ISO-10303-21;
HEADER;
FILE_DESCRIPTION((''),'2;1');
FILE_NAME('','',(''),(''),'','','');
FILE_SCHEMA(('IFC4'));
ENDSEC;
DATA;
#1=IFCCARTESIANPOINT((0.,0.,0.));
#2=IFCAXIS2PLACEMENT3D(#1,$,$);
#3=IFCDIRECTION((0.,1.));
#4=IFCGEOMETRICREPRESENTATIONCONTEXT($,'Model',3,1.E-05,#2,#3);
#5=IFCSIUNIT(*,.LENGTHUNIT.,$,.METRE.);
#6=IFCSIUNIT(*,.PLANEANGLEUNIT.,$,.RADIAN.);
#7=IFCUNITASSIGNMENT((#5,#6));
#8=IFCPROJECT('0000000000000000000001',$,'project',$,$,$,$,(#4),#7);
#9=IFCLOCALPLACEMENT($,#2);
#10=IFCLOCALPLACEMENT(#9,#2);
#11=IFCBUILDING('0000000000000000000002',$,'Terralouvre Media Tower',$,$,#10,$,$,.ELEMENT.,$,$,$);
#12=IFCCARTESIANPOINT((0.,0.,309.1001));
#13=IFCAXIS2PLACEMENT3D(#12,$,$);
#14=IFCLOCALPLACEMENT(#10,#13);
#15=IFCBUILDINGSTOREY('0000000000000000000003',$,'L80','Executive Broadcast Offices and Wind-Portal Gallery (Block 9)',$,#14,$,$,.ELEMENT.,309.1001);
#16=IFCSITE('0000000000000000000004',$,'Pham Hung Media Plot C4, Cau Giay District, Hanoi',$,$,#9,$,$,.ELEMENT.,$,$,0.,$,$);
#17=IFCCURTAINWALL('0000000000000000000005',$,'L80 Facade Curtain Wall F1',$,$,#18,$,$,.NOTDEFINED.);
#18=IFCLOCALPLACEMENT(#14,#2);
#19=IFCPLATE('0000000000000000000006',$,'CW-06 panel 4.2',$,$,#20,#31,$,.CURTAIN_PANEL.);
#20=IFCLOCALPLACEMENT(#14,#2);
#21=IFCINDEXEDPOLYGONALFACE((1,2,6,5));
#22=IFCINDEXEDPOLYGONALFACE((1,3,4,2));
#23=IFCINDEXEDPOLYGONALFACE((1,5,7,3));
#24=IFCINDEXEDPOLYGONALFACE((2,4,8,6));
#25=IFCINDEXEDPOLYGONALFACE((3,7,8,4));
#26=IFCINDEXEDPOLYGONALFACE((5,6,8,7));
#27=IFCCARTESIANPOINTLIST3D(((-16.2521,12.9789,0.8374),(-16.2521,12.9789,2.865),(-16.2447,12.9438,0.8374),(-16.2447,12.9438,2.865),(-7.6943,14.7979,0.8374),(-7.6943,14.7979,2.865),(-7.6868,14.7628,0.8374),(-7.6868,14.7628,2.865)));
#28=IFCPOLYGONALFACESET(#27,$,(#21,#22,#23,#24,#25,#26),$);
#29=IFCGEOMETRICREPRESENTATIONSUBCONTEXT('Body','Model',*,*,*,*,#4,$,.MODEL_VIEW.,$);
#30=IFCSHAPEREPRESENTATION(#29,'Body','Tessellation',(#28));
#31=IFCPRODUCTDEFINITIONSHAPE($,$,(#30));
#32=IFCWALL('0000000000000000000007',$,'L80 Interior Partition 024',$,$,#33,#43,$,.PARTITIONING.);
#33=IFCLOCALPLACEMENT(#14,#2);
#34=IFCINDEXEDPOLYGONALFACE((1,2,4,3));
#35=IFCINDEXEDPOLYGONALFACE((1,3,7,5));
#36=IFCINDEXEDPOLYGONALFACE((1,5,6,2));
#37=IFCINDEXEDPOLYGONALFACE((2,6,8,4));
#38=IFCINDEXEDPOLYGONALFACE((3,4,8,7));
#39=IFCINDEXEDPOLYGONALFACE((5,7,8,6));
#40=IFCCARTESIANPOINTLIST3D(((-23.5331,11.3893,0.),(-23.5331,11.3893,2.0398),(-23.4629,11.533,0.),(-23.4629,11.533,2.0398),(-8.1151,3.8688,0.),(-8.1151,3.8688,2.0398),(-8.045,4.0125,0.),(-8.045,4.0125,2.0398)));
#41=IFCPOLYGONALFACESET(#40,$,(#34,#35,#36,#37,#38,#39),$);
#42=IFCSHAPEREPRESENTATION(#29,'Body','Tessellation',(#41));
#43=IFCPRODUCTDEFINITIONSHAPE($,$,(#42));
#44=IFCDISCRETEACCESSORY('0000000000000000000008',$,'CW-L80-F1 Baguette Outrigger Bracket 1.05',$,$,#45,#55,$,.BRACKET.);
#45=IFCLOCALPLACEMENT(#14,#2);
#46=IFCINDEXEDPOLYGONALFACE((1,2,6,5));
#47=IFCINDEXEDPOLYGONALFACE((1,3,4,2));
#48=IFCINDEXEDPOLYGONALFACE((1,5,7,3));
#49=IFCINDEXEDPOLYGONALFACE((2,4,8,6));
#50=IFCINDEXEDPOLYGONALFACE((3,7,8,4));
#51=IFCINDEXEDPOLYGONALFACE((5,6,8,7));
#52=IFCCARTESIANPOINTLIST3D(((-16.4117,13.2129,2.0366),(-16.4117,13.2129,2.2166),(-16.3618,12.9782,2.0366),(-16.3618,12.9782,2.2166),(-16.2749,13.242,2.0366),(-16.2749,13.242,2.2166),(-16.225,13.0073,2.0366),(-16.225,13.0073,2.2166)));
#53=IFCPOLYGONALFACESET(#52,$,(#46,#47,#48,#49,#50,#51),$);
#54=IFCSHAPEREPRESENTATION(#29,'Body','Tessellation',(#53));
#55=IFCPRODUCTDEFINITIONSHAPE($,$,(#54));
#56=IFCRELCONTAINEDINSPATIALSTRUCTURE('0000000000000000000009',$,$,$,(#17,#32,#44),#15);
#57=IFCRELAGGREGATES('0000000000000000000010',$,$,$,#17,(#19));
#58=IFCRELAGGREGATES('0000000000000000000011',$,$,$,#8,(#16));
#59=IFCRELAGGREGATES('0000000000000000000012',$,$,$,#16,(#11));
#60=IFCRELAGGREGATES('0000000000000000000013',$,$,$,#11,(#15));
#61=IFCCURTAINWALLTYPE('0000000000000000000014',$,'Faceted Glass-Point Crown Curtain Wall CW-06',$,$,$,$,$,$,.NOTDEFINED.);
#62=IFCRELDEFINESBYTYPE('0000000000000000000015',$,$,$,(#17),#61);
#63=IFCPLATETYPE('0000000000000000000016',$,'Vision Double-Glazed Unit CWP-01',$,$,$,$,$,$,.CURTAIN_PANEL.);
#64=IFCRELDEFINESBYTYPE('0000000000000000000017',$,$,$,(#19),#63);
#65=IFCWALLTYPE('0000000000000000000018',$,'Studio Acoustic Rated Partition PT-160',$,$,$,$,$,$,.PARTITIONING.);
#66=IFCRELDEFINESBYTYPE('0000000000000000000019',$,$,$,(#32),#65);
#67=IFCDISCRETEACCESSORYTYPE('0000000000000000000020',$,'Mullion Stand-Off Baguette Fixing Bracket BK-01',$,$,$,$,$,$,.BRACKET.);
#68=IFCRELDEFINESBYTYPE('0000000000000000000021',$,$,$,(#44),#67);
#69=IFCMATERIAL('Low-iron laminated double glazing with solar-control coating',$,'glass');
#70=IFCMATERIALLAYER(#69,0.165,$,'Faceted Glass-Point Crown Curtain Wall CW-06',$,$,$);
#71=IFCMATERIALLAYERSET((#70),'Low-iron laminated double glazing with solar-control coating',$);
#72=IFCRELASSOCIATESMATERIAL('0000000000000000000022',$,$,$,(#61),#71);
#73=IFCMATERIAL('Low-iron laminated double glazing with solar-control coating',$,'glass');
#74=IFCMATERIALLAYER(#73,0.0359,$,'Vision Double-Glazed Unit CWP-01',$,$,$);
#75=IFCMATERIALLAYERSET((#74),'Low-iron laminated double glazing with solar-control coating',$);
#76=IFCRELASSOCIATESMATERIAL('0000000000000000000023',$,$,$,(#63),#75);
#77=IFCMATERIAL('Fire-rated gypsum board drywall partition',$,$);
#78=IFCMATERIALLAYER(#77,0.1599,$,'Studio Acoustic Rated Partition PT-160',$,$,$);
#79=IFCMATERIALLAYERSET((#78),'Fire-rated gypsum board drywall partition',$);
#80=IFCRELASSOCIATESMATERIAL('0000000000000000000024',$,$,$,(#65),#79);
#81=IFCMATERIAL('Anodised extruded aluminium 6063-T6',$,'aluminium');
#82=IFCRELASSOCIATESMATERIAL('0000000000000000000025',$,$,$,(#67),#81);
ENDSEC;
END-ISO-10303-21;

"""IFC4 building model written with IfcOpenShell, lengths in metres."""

from ifc_helpers import new_model, si_unit, direction, frame, frame_2d, origin, origin_2d, place, context, subcontext, project, spatial, rectangle, extrude, material, layer, layer_set, type_object, element, aggregate, save


model = new_model("IFC4")

# Units and contexts
model_context = context("Model", 3, precision=1e-05, world=origin(), true_north=direction((0.0, 1.0)))
body_context = subcontext(model_context, "Body", "Model", "MODEL_VIEW")
ifc_project = project(units=[si_unit("LENGTHUNIT", "METRE"), si_unit("PLANEANGLEUNIT", "RADIAN")], contexts=[model_context])

# Site, building, storey
site_placement = place(None, origin())
site = spatial("IfcSite", under=ifc_project, at=site_placement, Name="Pham Hung Media Plot C4, Cau Giay District, Hanoi", CompositionType="ELEMENT", RefElevation=0.0)
building_placement = place(site_placement, origin())
building = spatial("IfcBuilding", under=site, at=building_placement, Name="Terralouvre Media Tower", CompositionType="ELEMENT")
storey_placement = place(building_placement, frame((0.0, 0.0, 309.1001)))
storey = spatial("IfcBuildingStorey", under=building, at=storey_placement, Name="L80", Description="Executive Broadcast Offices and Wind-Portal Gallery (Block 9)", CompositionType="ELEMENT", Elevation=309.1001)

# Curtain wall
ifc_material_1 = material(Name="Low-iron laminated double glazing with solar-control coating", Category="glass")
ifc_layer_1 = layer(ifc_material_1, 0.165, Name="Faceted Glass-Point Crown Curtain Wall CW-06")
ifc_layer_set_1 = layer_set([ifc_layer_1], Name="Low-iron laminated double glazing with solar-control coating")
curtain_wall_type = type_object("IfcCurtainWallType", Name="Faceted Glass-Point Crown Curtain Wall CW-06", PredefinedType="NOTDEFINED", material=ifc_layer_set_1)
curtain_wall_placement = place(storey_placement, origin())
curtain_wall = element("IfcCurtainWall", 1, at=curtain_wall_placement, inside=storey, type_object=curtain_wall_type, Name="L80 Facade Curtain Wall F1", PredefinedType="NOTDEFINED")

# Plate
ifc_material_2 = material(Name="Low-iron laminated double glazing with solar-control coating", Category="glass")
ifc_layer_2 = layer(ifc_material_2, 0.0359, Name="Vision Double-Glazed Unit CWP-01")
ifc_layer_set_2 = layer_set([ifc_layer_2], Name="Low-iron laminated double glazing with solar-control coating")
plate_type = type_object("IfcPlateType", Name="Vision Double-Glazed Unit CWP-01", PredefinedType="CURTAIN_PANEL", material=ifc_layer_set_2)
plate_1_placement = place(storey_placement, frame((-11.9695, 13.8708, 0.8374), z_axis=(0.0, 0.0, 1.0), x_axis=(-0.978148, -0.207912, 0.0)))
plate_1 = element("IfcPlate", 2, at=plate_1_placement, type_object=plate_type, Name="CW-06 panel 4.2", PredefinedType="CURTAIN_PANEL", context=body_context, shape_type="SweptSolid", body=[
    extrude(rectangle(XDim=8.749, YDim=0.0359, at=origin_2d()), origin(), (0.0, 0.0, 1.0), 2.0276),
])
aggregate(curtain_wall, [plate_1])

# Wall
ifc_material_3 = material(Name="Fire-rated gypsum board drywall partition")
ifc_layer_3 = layer(ifc_material_3, 0.1599, Name="Studio Acoustic Rated Partition PT-160")
ifc_layer_set_3 = layer_set([ifc_layer_3], Name="Fire-rated gypsum board drywall partition")
wall_type = type_object("IfcWallType", Name="Studio Acoustic Rated Partition PT-160", PredefinedType="PARTITIONING", material=ifc_layer_set_3)
wall_placement = place(storey_placement, frame((-8.0801, 3.9407, 0.0), z_axis=(0.0, 0.0, 1.0), x_axis=(-0.898779, 0.438402, 0.0)))
element("IfcWall", 3, at=wall_placement, inside=storey, type_object=wall_type, Name="L80 Interior Partition 024", PredefinedType="PARTITIONING", context=body_context, shape_type="SweptSolid", body=[
    extrude(rectangle(XDim=17.1543, YDim=0.1599, at=frame_2d((8.5771, 0.0))), origin(), (0.0, 0.0, 1.0), 2.0398),
])

# Discrete accessory
ifc_material_4 = material(Name="Anodised extruded aluminium 6063-T6", Category="aluminium")
discrete_accessory_type = type_object("IfcDiscreteAccessoryType", Name="Mullion Stand-Off Baguette Fixing Bracket BK-01", PredefinedType="BRACKET", material=ifc_material_4)
discrete_accessory_placement = place(storey_placement, frame((-16.3184, 13.1101, 2.0366), z_axis=(0.0, 0.0, 1.0), x_axis=(-0.978148, -0.207912, 0.0)))
element("IfcDiscreteAccessory", 4, at=discrete_accessory_placement, inside=storey, type_object=discrete_accessory_type, Name="CW-L80-F1 Baguette Outrigger Bracket 1.05", PredefinedType="BRACKET", context=body_context, shape_type="SweptSolid", body=[
    extrude(rectangle(XDim=0.1399, YDim=0.24, at=origin_2d()), origin(), (0.0, 0.0, 1.0), 0.1799),
])

save(model, "model.ifc")
